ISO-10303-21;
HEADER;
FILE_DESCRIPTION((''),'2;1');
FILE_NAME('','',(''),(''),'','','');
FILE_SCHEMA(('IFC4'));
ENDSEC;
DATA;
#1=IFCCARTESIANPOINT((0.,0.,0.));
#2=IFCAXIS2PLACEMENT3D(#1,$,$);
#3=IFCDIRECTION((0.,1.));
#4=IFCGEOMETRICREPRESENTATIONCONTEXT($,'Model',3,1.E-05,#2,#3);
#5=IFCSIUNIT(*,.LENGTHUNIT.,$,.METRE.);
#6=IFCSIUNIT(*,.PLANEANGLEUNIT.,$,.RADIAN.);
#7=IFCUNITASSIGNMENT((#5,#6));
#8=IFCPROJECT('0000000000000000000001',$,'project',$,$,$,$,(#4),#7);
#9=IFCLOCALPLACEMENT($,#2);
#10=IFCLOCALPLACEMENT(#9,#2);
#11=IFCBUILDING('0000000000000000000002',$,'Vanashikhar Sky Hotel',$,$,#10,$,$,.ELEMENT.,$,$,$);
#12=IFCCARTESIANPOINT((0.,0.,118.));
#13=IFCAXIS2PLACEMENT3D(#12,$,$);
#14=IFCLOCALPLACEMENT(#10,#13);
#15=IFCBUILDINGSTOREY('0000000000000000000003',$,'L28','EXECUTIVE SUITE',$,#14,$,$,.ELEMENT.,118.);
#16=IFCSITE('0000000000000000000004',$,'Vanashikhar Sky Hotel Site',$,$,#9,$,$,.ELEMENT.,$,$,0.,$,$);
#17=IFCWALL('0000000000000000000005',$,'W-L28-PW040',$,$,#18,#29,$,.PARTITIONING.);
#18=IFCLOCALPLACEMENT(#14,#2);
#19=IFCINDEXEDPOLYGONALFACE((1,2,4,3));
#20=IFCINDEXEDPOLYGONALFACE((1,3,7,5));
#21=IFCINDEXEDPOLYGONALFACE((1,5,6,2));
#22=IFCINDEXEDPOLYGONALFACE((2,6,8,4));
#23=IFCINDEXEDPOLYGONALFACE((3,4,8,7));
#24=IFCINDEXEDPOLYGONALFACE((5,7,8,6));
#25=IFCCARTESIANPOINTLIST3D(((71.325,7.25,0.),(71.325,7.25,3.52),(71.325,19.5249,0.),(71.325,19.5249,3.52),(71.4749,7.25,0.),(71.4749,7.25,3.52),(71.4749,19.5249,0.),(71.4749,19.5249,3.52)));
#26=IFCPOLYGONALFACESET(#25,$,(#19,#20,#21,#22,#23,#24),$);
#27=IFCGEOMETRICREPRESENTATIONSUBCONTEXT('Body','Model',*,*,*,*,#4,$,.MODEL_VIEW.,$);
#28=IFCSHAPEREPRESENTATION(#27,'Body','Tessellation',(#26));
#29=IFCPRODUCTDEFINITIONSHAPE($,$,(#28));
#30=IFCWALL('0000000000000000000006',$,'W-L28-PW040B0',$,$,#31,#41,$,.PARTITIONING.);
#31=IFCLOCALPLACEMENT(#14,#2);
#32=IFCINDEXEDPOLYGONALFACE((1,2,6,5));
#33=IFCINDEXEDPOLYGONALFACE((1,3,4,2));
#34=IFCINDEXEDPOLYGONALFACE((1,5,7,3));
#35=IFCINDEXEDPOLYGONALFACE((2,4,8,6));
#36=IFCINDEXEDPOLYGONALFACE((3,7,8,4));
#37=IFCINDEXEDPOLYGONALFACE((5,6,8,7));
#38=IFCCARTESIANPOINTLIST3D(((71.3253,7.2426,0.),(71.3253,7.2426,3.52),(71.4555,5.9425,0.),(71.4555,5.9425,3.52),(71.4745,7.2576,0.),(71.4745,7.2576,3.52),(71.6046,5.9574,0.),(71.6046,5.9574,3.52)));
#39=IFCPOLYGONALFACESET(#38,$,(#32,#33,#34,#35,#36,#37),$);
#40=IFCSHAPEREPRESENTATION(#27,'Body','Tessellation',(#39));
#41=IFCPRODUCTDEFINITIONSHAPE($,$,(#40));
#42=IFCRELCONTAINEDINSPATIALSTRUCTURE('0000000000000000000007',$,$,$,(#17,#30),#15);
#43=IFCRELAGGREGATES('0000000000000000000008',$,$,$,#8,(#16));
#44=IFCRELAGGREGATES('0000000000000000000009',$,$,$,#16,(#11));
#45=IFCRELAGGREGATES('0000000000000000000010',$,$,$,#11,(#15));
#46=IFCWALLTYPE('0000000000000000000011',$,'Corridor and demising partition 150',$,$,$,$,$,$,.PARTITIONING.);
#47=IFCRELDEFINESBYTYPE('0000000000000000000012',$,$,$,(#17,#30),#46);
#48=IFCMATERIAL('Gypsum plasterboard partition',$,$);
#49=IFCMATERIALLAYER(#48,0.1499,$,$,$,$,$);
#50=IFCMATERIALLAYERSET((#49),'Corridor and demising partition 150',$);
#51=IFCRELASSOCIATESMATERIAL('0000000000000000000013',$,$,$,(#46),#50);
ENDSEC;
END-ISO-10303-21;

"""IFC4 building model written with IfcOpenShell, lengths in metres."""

from ifc_helpers import new_model, si_unit, direction, frame, frame_2d, origin, place, context, subcontext, project, spatial, rectangle, extrude, source, transform, mapped, material, layer, layer_set, type_object, element, save


model = new_model("IFC4")

# Units and contexts
model_context = context("Model", 3, precision=1e-05, world=origin(), true_north=direction((0.0, 1.0)))
body_context = subcontext(model_context, "Body", "Model", "MODEL_VIEW")
ifc_project = project(units=[si_unit("LENGTHUNIT", "METRE"), si_unit("PLANEANGLEUNIT", "RADIAN")], contexts=[model_context])

# Site, building, storey
site_placement = place(None, origin())
site = spatial("IfcSite", under=ifc_project, at=site_placement, Name="Vanashikhar Sky Hotel Site", CompositionType="ELEMENT", RefElevation=0.0)
building_placement = place(site_placement, origin())
building = spatial("IfcBuilding", under=site, at=building_placement, Name="Vanashikhar Sky Hotel", CompositionType="ELEMENT")
storey_placement = place(building_placement, frame((0.0, 0.0, 118.0)))
storey = spatial("IfcBuildingStorey", under=building, at=storey_placement, Name="L28", Description="EXECUTIVE SUITE", CompositionType="ELEMENT", Elevation=118.0)

# Shared definitions
ifc_material_1 = material(Name="Gypsum plasterboard partition")

# Walls
ifc_layer_1 = layer(ifc_material_1, 0.1499)
ifc_layer_set_1 = layer_set([ifc_layer_1], Name="Corridor and demising partition 150")
wall_type_1 = type_object("IfcWallType", Name="Corridor and demising partition 150", PredefinedType="PARTITIONING", material=ifc_layer_set_1)
shared_shape_1 = source(origin(), body_context, "Body", "SweptSolid", [
    extrude(rectangle(XDim=12.2749, YDim=0.1499, at=frame_2d((6.1375, 0.0))), origin(), (0.0, 0.0, 1.0), 3.52),
])
wall_1_placement = place(storey_placement, frame((71.3999, 7.25, 0.0), z_axis=(0.0, 0.0, 1.0), x_axis=(0.0, 1.0, 0.0)))
element("IfcWall", 1, at=wall_1_placement, inside=storey, type_object=wall_type_1, Name="W-L28-PW040", PredefinedType="PARTITIONING", context=body_context, shape_type="MappedRepresentation", body=[
    mapped(shared_shape_1, transform((0.0, 0.0, 0.0), scale=1.0)),
])
shared_shape_2 = source(origin(), body_context, "Body", "SweptSolid", [
    extrude(rectangle(XDim=1.3066, YDim=0.1499, at=frame_2d((0.6533, 0.0))), origin(), (0.0, 0.0, 1.0), 3.52),
])
wall_2_placement = place(storey_placement, frame((71.53, 5.95, 0.0), z_axis=(0.0, 0.0, 1.0), x_axis=(-0.099596, 0.995028, 0.0)))
element("IfcWall", 2, at=wall_2_placement, inside=storey, type_object=wall_type_1, Name="W-L28-PW040B0", PredefinedType="PARTITIONING", context=body_context, shape_type="MappedRepresentation", body=[
    mapped(shared_shape_2, transform((0.0, 0.0, 0.0), scale=1.0)),
])

save(model, "model.ifc")
